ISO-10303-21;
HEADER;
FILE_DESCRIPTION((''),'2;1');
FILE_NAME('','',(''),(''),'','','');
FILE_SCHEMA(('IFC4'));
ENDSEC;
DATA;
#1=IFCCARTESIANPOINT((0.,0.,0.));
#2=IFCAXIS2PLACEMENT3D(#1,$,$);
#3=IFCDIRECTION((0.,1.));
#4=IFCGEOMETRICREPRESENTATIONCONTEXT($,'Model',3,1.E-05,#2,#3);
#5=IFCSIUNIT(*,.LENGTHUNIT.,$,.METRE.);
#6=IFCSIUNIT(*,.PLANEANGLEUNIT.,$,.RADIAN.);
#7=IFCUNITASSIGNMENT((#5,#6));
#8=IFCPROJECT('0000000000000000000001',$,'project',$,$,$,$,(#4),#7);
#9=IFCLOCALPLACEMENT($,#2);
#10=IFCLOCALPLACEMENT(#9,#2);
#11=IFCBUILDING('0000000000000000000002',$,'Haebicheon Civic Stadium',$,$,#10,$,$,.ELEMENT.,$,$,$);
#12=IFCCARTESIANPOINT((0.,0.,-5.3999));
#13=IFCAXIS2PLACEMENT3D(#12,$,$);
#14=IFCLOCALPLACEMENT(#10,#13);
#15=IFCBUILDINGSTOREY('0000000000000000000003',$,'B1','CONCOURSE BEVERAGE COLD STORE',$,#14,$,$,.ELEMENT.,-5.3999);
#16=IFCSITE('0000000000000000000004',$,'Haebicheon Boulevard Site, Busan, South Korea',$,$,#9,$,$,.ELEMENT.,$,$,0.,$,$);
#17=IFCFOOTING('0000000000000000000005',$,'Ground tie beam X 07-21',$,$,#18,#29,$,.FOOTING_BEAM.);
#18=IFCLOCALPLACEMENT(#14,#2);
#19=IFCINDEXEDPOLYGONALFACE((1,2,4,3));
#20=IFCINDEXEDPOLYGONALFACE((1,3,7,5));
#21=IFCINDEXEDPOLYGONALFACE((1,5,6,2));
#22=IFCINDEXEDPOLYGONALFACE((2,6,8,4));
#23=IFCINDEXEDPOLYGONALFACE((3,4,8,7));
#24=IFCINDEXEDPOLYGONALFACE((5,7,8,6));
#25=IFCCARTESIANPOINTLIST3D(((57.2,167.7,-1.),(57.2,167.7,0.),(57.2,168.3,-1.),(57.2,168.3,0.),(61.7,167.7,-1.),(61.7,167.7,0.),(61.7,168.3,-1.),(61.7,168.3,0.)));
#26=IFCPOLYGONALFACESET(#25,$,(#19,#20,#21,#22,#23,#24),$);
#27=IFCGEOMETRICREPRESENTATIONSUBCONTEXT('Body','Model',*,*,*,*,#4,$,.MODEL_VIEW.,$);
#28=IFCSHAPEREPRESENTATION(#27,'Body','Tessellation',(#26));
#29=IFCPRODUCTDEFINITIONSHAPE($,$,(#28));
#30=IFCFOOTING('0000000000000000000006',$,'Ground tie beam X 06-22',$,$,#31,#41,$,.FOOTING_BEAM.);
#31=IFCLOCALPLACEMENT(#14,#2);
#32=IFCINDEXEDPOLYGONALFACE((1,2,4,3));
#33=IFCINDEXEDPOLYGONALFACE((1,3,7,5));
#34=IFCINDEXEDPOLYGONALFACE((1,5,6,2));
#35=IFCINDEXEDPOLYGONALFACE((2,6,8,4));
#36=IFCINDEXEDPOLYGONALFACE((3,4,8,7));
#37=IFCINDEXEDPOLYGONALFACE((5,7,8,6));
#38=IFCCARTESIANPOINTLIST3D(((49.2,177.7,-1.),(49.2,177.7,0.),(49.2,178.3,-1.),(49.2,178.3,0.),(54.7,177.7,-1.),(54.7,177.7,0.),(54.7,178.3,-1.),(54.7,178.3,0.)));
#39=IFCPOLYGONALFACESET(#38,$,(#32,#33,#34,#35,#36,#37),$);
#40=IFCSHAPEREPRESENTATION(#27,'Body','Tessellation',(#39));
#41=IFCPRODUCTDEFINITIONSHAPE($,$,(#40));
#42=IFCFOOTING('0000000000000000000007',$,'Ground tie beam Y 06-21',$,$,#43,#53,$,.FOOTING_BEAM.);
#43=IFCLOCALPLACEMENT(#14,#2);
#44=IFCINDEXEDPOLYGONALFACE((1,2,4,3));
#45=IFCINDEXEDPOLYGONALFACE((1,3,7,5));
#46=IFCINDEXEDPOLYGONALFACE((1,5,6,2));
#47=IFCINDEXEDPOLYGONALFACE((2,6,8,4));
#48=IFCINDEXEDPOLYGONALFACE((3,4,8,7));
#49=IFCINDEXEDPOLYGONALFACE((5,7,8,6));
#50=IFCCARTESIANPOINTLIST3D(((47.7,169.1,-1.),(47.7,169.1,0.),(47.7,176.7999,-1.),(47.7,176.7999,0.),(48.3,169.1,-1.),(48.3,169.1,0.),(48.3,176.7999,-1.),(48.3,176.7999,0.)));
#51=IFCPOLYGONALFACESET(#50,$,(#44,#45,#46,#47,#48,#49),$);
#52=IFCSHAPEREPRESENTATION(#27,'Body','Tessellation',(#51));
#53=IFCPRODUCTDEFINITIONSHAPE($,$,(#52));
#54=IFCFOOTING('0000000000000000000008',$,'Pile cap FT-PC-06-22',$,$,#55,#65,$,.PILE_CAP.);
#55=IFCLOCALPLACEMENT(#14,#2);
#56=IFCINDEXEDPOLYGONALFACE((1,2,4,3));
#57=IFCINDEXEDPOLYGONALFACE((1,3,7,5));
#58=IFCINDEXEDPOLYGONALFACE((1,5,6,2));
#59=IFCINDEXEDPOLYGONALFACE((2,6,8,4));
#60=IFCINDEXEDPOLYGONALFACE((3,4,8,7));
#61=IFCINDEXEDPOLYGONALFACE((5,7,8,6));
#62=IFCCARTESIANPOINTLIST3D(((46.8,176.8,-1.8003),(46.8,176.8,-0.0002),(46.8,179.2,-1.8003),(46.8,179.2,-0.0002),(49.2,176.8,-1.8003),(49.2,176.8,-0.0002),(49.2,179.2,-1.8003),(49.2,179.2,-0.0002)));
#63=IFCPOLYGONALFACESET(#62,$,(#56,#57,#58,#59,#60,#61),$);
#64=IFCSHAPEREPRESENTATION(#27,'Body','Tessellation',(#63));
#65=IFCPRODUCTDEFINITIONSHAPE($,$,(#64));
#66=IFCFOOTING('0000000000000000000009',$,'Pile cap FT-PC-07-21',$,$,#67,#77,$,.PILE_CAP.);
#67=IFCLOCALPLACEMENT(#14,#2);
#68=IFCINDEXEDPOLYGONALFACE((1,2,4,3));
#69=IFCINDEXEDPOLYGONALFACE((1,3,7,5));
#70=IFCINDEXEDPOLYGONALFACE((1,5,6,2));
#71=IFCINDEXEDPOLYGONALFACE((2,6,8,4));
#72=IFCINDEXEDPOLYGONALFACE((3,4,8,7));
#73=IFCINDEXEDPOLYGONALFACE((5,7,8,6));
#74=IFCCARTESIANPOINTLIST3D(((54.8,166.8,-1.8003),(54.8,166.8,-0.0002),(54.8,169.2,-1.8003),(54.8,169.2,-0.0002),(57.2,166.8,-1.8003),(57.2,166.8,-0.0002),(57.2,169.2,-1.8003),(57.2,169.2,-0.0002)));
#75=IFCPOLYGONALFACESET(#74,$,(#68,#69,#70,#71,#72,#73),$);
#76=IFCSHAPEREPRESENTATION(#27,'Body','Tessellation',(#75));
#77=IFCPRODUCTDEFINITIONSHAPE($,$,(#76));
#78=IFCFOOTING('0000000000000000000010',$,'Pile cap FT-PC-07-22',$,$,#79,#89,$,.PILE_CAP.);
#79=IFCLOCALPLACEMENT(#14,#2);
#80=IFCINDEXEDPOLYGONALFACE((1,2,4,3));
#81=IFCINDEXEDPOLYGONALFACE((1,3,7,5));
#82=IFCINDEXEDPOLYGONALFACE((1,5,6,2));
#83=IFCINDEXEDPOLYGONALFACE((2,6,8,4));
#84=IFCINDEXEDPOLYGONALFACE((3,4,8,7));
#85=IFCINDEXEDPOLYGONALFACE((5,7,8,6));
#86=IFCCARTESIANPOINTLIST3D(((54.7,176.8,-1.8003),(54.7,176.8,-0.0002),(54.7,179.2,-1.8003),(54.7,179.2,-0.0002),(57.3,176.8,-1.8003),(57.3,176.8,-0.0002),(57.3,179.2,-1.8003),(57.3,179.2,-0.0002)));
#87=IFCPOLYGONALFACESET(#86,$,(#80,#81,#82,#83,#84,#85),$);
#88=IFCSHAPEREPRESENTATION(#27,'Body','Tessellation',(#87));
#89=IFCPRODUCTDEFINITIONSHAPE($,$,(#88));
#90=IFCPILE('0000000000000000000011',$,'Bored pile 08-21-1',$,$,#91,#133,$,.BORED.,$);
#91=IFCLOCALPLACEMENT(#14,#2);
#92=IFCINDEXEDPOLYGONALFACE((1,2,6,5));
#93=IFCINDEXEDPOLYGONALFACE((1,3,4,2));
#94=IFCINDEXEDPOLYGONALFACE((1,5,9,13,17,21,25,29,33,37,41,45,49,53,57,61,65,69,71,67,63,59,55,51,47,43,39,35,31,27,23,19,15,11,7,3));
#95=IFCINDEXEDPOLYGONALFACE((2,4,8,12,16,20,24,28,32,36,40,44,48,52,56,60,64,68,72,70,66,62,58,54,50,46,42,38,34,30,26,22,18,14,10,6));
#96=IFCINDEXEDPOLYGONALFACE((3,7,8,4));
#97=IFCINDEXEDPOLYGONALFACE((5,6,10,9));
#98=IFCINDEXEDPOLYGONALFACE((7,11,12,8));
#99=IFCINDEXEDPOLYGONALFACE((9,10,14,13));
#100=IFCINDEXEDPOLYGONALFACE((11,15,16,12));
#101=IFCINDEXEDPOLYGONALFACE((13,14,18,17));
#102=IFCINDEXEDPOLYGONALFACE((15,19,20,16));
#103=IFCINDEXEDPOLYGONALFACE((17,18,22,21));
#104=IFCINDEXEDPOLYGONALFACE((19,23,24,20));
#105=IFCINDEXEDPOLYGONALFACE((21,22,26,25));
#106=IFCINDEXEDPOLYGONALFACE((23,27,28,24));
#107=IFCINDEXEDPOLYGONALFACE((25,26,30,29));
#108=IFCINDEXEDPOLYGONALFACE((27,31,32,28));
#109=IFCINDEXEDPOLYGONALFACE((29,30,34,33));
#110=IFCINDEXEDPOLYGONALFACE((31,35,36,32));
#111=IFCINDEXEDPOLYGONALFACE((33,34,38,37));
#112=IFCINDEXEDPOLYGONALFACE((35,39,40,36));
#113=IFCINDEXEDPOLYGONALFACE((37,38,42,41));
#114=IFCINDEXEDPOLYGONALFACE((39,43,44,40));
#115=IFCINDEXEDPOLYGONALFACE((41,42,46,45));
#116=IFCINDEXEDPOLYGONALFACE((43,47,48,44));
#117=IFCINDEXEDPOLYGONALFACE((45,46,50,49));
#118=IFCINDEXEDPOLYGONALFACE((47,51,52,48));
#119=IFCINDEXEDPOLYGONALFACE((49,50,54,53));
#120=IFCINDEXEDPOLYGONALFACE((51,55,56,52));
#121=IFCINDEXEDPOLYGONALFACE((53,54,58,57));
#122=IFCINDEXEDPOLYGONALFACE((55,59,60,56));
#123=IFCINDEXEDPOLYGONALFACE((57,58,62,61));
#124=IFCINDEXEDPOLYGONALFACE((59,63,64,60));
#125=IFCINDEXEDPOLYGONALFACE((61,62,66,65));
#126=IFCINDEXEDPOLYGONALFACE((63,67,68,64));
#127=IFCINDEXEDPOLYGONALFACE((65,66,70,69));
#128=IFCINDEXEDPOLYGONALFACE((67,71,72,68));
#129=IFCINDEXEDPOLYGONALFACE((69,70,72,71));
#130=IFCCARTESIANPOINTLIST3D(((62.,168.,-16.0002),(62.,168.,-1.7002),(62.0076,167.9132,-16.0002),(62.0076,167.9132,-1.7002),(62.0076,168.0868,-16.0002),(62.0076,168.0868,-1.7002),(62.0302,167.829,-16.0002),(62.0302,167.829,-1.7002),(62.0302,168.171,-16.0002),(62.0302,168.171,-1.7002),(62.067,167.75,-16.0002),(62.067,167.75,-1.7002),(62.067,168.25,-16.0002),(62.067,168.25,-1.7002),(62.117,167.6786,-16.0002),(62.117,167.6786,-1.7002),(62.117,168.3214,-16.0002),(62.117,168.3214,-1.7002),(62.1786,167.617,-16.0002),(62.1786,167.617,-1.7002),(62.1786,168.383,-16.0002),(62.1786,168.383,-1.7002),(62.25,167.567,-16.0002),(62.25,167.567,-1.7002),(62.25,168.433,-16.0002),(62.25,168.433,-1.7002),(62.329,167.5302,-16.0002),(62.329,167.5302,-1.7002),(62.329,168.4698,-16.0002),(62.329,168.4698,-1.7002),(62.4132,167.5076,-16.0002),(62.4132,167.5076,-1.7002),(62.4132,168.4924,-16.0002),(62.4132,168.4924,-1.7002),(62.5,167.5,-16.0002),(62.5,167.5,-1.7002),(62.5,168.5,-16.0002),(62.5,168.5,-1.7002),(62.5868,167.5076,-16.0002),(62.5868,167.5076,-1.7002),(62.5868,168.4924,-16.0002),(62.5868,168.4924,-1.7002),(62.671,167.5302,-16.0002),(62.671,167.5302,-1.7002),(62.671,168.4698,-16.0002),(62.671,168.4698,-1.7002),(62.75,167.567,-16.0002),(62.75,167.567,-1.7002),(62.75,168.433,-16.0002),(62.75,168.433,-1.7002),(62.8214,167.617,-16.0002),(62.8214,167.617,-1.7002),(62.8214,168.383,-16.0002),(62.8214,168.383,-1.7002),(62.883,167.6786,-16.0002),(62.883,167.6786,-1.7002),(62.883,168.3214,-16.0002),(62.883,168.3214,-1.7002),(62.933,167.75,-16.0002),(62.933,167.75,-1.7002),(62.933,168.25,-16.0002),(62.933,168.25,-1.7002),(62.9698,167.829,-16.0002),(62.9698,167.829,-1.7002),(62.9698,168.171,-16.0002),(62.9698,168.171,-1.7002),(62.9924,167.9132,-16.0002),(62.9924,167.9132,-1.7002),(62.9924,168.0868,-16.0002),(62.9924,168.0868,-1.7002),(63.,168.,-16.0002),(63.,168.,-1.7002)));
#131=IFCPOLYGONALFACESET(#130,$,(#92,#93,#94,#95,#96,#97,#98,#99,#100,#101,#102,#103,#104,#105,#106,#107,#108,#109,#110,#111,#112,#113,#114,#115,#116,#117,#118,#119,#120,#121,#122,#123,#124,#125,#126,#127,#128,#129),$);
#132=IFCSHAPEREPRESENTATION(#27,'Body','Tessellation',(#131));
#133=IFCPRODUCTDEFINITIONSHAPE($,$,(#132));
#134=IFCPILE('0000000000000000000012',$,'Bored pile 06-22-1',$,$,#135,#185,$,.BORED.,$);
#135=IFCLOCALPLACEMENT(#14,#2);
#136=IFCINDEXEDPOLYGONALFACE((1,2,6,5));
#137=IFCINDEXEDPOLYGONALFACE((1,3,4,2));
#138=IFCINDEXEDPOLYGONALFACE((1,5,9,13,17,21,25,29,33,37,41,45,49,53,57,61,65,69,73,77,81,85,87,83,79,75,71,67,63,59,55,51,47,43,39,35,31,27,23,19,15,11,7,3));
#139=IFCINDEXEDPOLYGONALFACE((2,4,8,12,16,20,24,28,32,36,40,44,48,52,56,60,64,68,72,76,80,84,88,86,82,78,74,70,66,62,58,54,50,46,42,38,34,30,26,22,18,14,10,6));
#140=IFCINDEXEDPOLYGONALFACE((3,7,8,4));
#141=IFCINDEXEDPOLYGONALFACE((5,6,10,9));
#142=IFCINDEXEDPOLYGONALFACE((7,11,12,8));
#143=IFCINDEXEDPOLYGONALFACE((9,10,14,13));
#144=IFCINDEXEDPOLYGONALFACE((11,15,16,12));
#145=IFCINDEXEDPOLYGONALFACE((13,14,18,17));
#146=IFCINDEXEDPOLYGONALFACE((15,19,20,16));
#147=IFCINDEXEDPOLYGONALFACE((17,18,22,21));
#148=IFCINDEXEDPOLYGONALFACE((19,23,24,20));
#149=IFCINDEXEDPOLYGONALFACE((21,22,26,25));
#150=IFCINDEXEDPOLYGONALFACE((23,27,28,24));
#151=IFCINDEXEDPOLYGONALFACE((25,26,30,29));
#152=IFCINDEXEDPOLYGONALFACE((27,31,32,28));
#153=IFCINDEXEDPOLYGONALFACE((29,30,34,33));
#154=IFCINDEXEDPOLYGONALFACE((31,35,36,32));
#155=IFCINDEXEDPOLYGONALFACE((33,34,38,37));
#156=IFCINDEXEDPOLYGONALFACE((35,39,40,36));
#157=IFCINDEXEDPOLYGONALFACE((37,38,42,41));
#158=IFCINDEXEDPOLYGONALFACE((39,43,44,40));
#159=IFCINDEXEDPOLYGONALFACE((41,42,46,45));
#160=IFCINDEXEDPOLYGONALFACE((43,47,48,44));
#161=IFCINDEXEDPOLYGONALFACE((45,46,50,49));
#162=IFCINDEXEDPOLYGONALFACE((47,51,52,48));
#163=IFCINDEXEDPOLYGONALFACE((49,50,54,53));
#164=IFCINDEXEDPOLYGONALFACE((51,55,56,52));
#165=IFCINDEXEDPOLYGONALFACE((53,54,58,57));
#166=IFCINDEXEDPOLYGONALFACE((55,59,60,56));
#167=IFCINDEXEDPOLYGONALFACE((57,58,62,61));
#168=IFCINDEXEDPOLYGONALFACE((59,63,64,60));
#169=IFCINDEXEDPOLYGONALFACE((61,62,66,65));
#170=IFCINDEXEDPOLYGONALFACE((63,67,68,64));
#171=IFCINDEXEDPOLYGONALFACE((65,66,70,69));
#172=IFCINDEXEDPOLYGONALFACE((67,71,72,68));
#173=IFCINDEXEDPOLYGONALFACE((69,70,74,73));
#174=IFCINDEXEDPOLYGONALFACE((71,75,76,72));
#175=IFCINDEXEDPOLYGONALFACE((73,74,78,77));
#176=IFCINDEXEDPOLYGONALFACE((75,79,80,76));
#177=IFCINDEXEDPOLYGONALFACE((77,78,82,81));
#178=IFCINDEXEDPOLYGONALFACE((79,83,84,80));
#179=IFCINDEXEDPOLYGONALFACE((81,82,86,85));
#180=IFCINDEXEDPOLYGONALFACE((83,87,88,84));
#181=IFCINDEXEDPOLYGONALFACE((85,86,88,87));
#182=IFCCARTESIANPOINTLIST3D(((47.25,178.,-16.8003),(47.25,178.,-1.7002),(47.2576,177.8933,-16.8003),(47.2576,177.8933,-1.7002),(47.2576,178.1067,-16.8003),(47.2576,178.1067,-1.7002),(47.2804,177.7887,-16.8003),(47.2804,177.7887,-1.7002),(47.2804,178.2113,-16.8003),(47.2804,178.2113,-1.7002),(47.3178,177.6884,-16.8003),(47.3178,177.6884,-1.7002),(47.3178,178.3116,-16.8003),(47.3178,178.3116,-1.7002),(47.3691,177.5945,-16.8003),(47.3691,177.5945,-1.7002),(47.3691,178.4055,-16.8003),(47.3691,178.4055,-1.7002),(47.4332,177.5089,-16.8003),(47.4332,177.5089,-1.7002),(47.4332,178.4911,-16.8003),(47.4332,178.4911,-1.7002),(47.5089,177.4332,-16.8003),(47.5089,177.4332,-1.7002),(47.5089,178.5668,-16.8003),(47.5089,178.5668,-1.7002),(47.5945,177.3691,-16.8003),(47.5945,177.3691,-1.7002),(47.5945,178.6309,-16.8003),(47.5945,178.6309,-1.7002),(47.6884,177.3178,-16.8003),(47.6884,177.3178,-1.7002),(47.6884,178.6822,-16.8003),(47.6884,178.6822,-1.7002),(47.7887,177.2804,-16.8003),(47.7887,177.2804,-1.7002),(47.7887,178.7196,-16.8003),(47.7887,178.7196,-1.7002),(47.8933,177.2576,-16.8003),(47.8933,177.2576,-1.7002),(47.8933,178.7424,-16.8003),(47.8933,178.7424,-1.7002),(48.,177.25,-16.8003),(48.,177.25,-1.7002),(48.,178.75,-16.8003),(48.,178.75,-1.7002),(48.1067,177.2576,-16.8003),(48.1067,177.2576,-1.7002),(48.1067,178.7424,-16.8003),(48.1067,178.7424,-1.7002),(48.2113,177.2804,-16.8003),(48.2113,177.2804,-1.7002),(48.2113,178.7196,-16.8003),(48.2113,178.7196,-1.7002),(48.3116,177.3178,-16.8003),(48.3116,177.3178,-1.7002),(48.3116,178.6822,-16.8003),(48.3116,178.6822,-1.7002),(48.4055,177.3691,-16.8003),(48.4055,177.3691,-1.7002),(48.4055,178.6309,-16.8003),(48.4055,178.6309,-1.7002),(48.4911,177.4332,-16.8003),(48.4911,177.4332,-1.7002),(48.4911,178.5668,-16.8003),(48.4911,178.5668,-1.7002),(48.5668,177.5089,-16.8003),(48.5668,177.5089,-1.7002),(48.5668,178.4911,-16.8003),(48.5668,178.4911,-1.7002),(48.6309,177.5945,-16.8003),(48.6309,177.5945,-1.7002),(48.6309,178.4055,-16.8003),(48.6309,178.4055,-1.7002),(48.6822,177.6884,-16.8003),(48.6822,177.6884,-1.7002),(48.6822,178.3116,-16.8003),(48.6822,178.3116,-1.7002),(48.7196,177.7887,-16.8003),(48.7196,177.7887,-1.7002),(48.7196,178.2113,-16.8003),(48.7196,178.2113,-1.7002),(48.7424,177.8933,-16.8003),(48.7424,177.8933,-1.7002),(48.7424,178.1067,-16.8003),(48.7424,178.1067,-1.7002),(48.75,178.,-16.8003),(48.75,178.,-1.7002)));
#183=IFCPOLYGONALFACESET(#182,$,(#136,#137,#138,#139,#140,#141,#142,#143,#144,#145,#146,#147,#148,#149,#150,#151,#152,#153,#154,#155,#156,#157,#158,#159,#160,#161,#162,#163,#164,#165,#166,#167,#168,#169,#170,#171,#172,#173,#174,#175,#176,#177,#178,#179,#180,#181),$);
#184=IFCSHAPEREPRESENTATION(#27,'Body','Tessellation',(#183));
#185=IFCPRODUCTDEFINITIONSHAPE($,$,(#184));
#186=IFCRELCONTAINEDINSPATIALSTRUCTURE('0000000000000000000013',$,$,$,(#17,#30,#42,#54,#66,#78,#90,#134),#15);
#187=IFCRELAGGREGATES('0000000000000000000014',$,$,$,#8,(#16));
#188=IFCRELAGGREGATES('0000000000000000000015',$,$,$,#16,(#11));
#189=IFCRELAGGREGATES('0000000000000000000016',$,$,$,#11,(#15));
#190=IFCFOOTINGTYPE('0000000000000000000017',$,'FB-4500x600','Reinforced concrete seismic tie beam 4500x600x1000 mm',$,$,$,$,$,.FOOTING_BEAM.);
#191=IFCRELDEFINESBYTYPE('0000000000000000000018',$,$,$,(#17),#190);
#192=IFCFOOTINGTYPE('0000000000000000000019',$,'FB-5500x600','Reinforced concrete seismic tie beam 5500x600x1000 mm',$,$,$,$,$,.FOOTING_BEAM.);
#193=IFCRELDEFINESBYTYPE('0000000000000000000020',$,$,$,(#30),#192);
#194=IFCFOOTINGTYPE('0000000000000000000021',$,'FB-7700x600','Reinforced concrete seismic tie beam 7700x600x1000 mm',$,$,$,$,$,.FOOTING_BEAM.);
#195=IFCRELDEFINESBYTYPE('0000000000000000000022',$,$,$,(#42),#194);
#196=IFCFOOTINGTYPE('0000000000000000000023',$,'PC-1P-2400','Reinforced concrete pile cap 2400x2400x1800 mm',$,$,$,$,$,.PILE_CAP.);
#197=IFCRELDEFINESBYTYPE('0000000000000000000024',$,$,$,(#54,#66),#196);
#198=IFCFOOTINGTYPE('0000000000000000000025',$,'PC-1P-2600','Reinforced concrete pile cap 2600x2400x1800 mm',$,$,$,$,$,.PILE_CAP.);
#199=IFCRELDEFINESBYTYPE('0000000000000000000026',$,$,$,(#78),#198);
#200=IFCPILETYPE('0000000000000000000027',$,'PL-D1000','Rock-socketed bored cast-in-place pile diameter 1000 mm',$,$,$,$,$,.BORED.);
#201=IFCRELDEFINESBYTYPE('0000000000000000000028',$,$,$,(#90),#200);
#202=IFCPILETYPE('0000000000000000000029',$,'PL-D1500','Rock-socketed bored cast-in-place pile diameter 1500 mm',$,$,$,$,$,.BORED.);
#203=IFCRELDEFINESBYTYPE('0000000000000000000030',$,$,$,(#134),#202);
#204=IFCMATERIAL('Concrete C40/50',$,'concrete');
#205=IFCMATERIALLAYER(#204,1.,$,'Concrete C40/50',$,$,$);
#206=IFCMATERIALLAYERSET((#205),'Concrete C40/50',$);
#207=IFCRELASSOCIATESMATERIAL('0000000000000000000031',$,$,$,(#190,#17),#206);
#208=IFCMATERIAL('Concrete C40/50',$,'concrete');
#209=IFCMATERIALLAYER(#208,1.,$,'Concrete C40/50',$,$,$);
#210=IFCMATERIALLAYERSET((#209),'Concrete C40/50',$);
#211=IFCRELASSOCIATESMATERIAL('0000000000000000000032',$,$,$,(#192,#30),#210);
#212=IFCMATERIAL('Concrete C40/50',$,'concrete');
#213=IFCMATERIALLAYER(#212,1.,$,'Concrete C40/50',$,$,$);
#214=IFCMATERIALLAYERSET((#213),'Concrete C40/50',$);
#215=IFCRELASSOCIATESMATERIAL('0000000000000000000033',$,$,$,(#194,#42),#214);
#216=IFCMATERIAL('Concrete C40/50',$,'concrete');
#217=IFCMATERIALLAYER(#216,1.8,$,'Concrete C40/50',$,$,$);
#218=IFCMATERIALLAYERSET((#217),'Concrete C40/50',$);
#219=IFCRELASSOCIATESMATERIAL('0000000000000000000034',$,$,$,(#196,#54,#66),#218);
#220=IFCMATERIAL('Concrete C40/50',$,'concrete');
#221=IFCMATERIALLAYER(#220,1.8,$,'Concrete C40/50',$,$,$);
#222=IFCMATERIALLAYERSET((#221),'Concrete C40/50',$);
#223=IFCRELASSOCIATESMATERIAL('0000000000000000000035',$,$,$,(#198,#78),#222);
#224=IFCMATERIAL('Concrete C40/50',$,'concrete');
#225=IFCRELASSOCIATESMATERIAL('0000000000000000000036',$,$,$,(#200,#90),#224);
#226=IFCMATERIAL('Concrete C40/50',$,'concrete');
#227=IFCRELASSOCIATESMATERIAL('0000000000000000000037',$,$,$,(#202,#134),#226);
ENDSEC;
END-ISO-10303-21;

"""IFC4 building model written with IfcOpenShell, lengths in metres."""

from ifc_helpers import new_model, si_unit, direction, frame, origin, origin_2d, place, context, subcontext, project, spatial, rectangle, circle, extrude, material, layer, layer_set, material_profile, profile_set, type_object, element, save


model = new_model("IFC4")

# Units and contexts
model_context = context("Model", 3, precision=1e-05, world=origin(), true_north=direction((0.0, 1.0)))
body_context = subcontext(model_context, "Body", "Model", "MODEL_VIEW")
ifc_project = project(units=[si_unit("LENGTHUNIT", "METRE"), si_unit("PLANEANGLEUNIT", "RADIAN")], contexts=[model_context])

# Site, building, storey
site_placement = place(None, origin())
site = spatial("IfcSite", under=ifc_project, at=site_placement, Name="Haebicheon Boulevard Site, Busan, South Korea", CompositionType="ELEMENT", RefElevation=0.0)
building_placement = place(site_placement, origin())
building = spatial("IfcBuilding", under=site, at=building_placement, Name="Haebicheon Civic Stadium", CompositionType="ELEMENT")
storey_placement = place(building_placement, frame((0.0, 0.0, -5.3999)))
storey = spatial("IfcBuildingStorey", under=building, at=storey_placement, Name="B1", Description="CONCOURSE BEVERAGE COLD STORE", CompositionType="ELEMENT", Elevation=-5.3999)

# Footings
ifc_material_1 = material(Name="Concrete C40/50", Category="concrete")
ifc_layer_1 = layer(ifc_material_1, 1.0, Name="Concrete C40/50")
ifc_layer_set_1 = layer_set([ifc_layer_1], Name="Concrete C40/50")
footing_type_1 = type_object("IfcFootingType", Name="FB-4500x600", Description="Reinforced concrete seismic tie beam 4500x600x1000 mm", PredefinedType="FOOTING_BEAM", material=ifc_layer_set_1)
footing_1_placement = place(storey_placement, frame((59.45, 168.0, -1.0), z_axis=(0.0, 0.0, 1.0), x_axis=(1.0, 0.0, 0.0)))
element("IfcFooting", 1, at=footing_1_placement, inside=storey, type_object=footing_type_1, material=ifc_layer_set_1, Name="Ground tie beam X 07-21", PredefinedType="FOOTING_BEAM", context=body_context, shape_type="SweptSolid", body=[
    extrude(rectangle(XDim=4.5, YDim=0.6001, at=origin_2d()), origin(), (0.0, 0.0, 1.0), 1.0),
])
ifc_material_2 = material(Name="Concrete C40/50", Category="concrete")
ifc_layer_2 = layer(ifc_material_2, 1.0, Name="Concrete C40/50")
ifc_layer_set_2 = layer_set([ifc_layer_2], Name="Concrete C40/50")
footing_type_2 = type_object("IfcFootingType", Name="FB-5500x600", Description="Reinforced concrete seismic tie beam 5500x600x1000 mm", PredefinedType="FOOTING_BEAM", material=ifc_layer_set_2)
footing_2_placement = place(storey_placement, frame((51.95, 178.0, -1.0), z_axis=(0.0, 0.0, 1.0), x_axis=(1.0, 0.0, 0.0)))
element("IfcFooting", 2, at=footing_2_placement, inside=storey, type_object=footing_type_2, material=ifc_layer_set_2, Name="Ground tie beam X 06-22", PredefinedType="FOOTING_BEAM", context=body_context, shape_type="SweptSolid", body=[
    extrude(rectangle(XDim=5.5, YDim=0.6001, at=origin_2d()), origin(), (0.0, 0.0, 1.0), 1.0),
])
ifc_material_3 = material(Name="Concrete C40/50", Category="concrete")
ifc_layer_3 = layer(ifc_material_3, 1.0, Name="Concrete C40/50")
ifc_layer_set_3 = layer_set([ifc_layer_3], Name="Concrete C40/50")
footing_type_3 = type_object("IfcFootingType", Name="FB-7700x600", Description="Reinforced concrete seismic tie beam 7700x600x1000 mm", PredefinedType="FOOTING_BEAM", material=ifc_layer_set_3)
footing_3_placement = place(storey_placement, frame((48.0, 172.95, -1.0), z_axis=(0.0, 0.0, 1.0), x_axis=(0.0, 1.0, 0.0)))
element("IfcFooting", 3, at=footing_3_placement, inside=storey, type_object=footing_type_3, material=ifc_layer_set_3, Name="Ground tie beam Y 06-21", PredefinedType="FOOTING_BEAM", context=body_context, shape_type="SweptSolid", body=[
    extrude(rectangle(XDim=7.7, YDim=0.6001, at=origin_2d()), origin(), (0.0, 0.0, 1.0), 1.0),
])
ifc_material_4 = material(Name="Concrete C40/50", Category="concrete")
ifc_layer_4 = layer(ifc_material_4, 1.8, Name="Concrete C40/50")
ifc_layer_set_4 = layer_set([ifc_layer_4], Name="Concrete C40/50")
footing_type_4 = type_object("IfcFootingType", Name="PC-1P-2400", Description="Reinforced concrete pile cap 2400x2400x1800 mm", PredefinedType="PILE_CAP", material=ifc_layer_set_4)
for number, where, z_axis, x_axis, name in (
    (4, (48.0, 178.0, -1.8003), (0.0, 0.0, 1.0), (1.0, 0.0, 0.0), "Pile cap FT-PC-06-22"),
    (5, (56.0, 168.0, -1.8003), (0.0, 0.0, 1.0), (1.0, 0.0, 0.0), "Pile cap FT-PC-07-21"),
):
    element("IfcFooting", number, at=place(storey_placement, frame(where, z_axis=z_axis, x_axis=x_axis)), inside=storey, type_object=footing_type_4, material=ifc_layer_set_4, Name=name, PredefinedType="PILE_CAP", context=body_context, shape_type="SweptSolid", body=[
        extrude(rectangle(XDim=2.3999, YDim=2.3999, at=origin_2d()), origin(), (0.0, 0.0, 1.0), 1.8),
    ])
ifc_material_5 = material(Name="Concrete C40/50", Category="concrete")
ifc_layer_5 = layer(ifc_material_5, 1.8, Name="Concrete C40/50")
ifc_layer_set_5 = layer_set([ifc_layer_5], Name="Concrete C40/50")
footing_type_5 = type_object("IfcFootingType", Name="PC-1P-2600", Description="Reinforced concrete pile cap 2600x2400x1800 mm", PredefinedType="PILE_CAP", material=ifc_layer_set_5)
footing_4_placement = place(storey_placement, frame((56.0, 178.0, -1.8003), z_axis=(0.0, 0.0, 1.0), x_axis=(1.0, 0.0, 0.0)))
element("IfcFooting", 6, at=footing_4_placement, inside=storey, type_object=footing_type_5, material=ifc_layer_set_5, Name="Pile cap FT-PC-07-22", PredefinedType="PILE_CAP", context=body_context, shape_type="SweptSolid", body=[
    extrude(rectangle(XDim=2.6001, YDim=2.3999, at=origin_2d()), origin(), (0.0, 0.0, 1.0), 1.8),
])

# Piles
ifc_material_6 = material(Name="Concrete C40/50", Category="concrete")
ifc_material_profile_1 = material_profile(ifc_material_6, circle(Radius=0.5, at=origin_2d()), Name="PILE-D1000")
ifc_profile_set_1 = profile_set([ifc_material_profile_1], Name="Concrete C40/50")
pile_type_1 = type_object("IfcPileType", Name="PL-D1000", Description="Rock-socketed bored cast-in-place pile diameter 1000 mm", PredefinedType="BORED", material=ifc_profile_set_1)
pile_1_placement = place(storey_placement, frame((62.5, 168.0, -1.7002), z_axis=(0.0, 0.0, -1.0), x_axis=(1.0, 0.0, 0.0)))
element("IfcPile", 7, at=pile_1_placement, inside=storey, type_object=pile_type_1, material=ifc_profile_set_1, Name="Bored pile 08-21-1", PredefinedType="BORED", context=body_context, shape_type="SweptSolid", body=[
    extrude(circle(Radius=0.5, at=origin_2d()), origin(), (0.0, 0.0, 1.0), 14.3),
])
ifc_material_7 = material(Name="Concrete C40/50", Category="concrete")
ifc_material_profile_2 = material_profile(ifc_material_7, circle(Radius=0.75, at=origin_2d()), Name="PILE-D1500")
ifc_profile_set_2 = profile_set([ifc_material_profile_2], Name="Concrete C40/50")
pile_type_2 = type_object("IfcPileType", Name="PL-D1500", Description="Rock-socketed bored cast-in-place pile diameter 1500 mm", PredefinedType="BORED", material=ifc_profile_set_2)
for number, where, z_axis, x_axis, name in (
    (8, (48.0, 178.0, -1.7002), (0.0, 0.0, -1.0), (1.0, 0.0, 0.0), "Bored pile 06-22-1"),
):
    element("IfcPile", number, at=place(storey_placement, frame(where, z_axis=z_axis, x_axis=x_axis)), inside=storey, type_object=pile_type_2, material=ifc_profile_set_2, Name=name, PredefinedType="BORED", context=body_context, shape_type="SweptSolid", body=[
        extrude(circle(Radius=0.75, at=origin_2d()), origin(), (0.0, 0.0, 1.0), 15.1001),
    ])

save(model, "model.ifc")
